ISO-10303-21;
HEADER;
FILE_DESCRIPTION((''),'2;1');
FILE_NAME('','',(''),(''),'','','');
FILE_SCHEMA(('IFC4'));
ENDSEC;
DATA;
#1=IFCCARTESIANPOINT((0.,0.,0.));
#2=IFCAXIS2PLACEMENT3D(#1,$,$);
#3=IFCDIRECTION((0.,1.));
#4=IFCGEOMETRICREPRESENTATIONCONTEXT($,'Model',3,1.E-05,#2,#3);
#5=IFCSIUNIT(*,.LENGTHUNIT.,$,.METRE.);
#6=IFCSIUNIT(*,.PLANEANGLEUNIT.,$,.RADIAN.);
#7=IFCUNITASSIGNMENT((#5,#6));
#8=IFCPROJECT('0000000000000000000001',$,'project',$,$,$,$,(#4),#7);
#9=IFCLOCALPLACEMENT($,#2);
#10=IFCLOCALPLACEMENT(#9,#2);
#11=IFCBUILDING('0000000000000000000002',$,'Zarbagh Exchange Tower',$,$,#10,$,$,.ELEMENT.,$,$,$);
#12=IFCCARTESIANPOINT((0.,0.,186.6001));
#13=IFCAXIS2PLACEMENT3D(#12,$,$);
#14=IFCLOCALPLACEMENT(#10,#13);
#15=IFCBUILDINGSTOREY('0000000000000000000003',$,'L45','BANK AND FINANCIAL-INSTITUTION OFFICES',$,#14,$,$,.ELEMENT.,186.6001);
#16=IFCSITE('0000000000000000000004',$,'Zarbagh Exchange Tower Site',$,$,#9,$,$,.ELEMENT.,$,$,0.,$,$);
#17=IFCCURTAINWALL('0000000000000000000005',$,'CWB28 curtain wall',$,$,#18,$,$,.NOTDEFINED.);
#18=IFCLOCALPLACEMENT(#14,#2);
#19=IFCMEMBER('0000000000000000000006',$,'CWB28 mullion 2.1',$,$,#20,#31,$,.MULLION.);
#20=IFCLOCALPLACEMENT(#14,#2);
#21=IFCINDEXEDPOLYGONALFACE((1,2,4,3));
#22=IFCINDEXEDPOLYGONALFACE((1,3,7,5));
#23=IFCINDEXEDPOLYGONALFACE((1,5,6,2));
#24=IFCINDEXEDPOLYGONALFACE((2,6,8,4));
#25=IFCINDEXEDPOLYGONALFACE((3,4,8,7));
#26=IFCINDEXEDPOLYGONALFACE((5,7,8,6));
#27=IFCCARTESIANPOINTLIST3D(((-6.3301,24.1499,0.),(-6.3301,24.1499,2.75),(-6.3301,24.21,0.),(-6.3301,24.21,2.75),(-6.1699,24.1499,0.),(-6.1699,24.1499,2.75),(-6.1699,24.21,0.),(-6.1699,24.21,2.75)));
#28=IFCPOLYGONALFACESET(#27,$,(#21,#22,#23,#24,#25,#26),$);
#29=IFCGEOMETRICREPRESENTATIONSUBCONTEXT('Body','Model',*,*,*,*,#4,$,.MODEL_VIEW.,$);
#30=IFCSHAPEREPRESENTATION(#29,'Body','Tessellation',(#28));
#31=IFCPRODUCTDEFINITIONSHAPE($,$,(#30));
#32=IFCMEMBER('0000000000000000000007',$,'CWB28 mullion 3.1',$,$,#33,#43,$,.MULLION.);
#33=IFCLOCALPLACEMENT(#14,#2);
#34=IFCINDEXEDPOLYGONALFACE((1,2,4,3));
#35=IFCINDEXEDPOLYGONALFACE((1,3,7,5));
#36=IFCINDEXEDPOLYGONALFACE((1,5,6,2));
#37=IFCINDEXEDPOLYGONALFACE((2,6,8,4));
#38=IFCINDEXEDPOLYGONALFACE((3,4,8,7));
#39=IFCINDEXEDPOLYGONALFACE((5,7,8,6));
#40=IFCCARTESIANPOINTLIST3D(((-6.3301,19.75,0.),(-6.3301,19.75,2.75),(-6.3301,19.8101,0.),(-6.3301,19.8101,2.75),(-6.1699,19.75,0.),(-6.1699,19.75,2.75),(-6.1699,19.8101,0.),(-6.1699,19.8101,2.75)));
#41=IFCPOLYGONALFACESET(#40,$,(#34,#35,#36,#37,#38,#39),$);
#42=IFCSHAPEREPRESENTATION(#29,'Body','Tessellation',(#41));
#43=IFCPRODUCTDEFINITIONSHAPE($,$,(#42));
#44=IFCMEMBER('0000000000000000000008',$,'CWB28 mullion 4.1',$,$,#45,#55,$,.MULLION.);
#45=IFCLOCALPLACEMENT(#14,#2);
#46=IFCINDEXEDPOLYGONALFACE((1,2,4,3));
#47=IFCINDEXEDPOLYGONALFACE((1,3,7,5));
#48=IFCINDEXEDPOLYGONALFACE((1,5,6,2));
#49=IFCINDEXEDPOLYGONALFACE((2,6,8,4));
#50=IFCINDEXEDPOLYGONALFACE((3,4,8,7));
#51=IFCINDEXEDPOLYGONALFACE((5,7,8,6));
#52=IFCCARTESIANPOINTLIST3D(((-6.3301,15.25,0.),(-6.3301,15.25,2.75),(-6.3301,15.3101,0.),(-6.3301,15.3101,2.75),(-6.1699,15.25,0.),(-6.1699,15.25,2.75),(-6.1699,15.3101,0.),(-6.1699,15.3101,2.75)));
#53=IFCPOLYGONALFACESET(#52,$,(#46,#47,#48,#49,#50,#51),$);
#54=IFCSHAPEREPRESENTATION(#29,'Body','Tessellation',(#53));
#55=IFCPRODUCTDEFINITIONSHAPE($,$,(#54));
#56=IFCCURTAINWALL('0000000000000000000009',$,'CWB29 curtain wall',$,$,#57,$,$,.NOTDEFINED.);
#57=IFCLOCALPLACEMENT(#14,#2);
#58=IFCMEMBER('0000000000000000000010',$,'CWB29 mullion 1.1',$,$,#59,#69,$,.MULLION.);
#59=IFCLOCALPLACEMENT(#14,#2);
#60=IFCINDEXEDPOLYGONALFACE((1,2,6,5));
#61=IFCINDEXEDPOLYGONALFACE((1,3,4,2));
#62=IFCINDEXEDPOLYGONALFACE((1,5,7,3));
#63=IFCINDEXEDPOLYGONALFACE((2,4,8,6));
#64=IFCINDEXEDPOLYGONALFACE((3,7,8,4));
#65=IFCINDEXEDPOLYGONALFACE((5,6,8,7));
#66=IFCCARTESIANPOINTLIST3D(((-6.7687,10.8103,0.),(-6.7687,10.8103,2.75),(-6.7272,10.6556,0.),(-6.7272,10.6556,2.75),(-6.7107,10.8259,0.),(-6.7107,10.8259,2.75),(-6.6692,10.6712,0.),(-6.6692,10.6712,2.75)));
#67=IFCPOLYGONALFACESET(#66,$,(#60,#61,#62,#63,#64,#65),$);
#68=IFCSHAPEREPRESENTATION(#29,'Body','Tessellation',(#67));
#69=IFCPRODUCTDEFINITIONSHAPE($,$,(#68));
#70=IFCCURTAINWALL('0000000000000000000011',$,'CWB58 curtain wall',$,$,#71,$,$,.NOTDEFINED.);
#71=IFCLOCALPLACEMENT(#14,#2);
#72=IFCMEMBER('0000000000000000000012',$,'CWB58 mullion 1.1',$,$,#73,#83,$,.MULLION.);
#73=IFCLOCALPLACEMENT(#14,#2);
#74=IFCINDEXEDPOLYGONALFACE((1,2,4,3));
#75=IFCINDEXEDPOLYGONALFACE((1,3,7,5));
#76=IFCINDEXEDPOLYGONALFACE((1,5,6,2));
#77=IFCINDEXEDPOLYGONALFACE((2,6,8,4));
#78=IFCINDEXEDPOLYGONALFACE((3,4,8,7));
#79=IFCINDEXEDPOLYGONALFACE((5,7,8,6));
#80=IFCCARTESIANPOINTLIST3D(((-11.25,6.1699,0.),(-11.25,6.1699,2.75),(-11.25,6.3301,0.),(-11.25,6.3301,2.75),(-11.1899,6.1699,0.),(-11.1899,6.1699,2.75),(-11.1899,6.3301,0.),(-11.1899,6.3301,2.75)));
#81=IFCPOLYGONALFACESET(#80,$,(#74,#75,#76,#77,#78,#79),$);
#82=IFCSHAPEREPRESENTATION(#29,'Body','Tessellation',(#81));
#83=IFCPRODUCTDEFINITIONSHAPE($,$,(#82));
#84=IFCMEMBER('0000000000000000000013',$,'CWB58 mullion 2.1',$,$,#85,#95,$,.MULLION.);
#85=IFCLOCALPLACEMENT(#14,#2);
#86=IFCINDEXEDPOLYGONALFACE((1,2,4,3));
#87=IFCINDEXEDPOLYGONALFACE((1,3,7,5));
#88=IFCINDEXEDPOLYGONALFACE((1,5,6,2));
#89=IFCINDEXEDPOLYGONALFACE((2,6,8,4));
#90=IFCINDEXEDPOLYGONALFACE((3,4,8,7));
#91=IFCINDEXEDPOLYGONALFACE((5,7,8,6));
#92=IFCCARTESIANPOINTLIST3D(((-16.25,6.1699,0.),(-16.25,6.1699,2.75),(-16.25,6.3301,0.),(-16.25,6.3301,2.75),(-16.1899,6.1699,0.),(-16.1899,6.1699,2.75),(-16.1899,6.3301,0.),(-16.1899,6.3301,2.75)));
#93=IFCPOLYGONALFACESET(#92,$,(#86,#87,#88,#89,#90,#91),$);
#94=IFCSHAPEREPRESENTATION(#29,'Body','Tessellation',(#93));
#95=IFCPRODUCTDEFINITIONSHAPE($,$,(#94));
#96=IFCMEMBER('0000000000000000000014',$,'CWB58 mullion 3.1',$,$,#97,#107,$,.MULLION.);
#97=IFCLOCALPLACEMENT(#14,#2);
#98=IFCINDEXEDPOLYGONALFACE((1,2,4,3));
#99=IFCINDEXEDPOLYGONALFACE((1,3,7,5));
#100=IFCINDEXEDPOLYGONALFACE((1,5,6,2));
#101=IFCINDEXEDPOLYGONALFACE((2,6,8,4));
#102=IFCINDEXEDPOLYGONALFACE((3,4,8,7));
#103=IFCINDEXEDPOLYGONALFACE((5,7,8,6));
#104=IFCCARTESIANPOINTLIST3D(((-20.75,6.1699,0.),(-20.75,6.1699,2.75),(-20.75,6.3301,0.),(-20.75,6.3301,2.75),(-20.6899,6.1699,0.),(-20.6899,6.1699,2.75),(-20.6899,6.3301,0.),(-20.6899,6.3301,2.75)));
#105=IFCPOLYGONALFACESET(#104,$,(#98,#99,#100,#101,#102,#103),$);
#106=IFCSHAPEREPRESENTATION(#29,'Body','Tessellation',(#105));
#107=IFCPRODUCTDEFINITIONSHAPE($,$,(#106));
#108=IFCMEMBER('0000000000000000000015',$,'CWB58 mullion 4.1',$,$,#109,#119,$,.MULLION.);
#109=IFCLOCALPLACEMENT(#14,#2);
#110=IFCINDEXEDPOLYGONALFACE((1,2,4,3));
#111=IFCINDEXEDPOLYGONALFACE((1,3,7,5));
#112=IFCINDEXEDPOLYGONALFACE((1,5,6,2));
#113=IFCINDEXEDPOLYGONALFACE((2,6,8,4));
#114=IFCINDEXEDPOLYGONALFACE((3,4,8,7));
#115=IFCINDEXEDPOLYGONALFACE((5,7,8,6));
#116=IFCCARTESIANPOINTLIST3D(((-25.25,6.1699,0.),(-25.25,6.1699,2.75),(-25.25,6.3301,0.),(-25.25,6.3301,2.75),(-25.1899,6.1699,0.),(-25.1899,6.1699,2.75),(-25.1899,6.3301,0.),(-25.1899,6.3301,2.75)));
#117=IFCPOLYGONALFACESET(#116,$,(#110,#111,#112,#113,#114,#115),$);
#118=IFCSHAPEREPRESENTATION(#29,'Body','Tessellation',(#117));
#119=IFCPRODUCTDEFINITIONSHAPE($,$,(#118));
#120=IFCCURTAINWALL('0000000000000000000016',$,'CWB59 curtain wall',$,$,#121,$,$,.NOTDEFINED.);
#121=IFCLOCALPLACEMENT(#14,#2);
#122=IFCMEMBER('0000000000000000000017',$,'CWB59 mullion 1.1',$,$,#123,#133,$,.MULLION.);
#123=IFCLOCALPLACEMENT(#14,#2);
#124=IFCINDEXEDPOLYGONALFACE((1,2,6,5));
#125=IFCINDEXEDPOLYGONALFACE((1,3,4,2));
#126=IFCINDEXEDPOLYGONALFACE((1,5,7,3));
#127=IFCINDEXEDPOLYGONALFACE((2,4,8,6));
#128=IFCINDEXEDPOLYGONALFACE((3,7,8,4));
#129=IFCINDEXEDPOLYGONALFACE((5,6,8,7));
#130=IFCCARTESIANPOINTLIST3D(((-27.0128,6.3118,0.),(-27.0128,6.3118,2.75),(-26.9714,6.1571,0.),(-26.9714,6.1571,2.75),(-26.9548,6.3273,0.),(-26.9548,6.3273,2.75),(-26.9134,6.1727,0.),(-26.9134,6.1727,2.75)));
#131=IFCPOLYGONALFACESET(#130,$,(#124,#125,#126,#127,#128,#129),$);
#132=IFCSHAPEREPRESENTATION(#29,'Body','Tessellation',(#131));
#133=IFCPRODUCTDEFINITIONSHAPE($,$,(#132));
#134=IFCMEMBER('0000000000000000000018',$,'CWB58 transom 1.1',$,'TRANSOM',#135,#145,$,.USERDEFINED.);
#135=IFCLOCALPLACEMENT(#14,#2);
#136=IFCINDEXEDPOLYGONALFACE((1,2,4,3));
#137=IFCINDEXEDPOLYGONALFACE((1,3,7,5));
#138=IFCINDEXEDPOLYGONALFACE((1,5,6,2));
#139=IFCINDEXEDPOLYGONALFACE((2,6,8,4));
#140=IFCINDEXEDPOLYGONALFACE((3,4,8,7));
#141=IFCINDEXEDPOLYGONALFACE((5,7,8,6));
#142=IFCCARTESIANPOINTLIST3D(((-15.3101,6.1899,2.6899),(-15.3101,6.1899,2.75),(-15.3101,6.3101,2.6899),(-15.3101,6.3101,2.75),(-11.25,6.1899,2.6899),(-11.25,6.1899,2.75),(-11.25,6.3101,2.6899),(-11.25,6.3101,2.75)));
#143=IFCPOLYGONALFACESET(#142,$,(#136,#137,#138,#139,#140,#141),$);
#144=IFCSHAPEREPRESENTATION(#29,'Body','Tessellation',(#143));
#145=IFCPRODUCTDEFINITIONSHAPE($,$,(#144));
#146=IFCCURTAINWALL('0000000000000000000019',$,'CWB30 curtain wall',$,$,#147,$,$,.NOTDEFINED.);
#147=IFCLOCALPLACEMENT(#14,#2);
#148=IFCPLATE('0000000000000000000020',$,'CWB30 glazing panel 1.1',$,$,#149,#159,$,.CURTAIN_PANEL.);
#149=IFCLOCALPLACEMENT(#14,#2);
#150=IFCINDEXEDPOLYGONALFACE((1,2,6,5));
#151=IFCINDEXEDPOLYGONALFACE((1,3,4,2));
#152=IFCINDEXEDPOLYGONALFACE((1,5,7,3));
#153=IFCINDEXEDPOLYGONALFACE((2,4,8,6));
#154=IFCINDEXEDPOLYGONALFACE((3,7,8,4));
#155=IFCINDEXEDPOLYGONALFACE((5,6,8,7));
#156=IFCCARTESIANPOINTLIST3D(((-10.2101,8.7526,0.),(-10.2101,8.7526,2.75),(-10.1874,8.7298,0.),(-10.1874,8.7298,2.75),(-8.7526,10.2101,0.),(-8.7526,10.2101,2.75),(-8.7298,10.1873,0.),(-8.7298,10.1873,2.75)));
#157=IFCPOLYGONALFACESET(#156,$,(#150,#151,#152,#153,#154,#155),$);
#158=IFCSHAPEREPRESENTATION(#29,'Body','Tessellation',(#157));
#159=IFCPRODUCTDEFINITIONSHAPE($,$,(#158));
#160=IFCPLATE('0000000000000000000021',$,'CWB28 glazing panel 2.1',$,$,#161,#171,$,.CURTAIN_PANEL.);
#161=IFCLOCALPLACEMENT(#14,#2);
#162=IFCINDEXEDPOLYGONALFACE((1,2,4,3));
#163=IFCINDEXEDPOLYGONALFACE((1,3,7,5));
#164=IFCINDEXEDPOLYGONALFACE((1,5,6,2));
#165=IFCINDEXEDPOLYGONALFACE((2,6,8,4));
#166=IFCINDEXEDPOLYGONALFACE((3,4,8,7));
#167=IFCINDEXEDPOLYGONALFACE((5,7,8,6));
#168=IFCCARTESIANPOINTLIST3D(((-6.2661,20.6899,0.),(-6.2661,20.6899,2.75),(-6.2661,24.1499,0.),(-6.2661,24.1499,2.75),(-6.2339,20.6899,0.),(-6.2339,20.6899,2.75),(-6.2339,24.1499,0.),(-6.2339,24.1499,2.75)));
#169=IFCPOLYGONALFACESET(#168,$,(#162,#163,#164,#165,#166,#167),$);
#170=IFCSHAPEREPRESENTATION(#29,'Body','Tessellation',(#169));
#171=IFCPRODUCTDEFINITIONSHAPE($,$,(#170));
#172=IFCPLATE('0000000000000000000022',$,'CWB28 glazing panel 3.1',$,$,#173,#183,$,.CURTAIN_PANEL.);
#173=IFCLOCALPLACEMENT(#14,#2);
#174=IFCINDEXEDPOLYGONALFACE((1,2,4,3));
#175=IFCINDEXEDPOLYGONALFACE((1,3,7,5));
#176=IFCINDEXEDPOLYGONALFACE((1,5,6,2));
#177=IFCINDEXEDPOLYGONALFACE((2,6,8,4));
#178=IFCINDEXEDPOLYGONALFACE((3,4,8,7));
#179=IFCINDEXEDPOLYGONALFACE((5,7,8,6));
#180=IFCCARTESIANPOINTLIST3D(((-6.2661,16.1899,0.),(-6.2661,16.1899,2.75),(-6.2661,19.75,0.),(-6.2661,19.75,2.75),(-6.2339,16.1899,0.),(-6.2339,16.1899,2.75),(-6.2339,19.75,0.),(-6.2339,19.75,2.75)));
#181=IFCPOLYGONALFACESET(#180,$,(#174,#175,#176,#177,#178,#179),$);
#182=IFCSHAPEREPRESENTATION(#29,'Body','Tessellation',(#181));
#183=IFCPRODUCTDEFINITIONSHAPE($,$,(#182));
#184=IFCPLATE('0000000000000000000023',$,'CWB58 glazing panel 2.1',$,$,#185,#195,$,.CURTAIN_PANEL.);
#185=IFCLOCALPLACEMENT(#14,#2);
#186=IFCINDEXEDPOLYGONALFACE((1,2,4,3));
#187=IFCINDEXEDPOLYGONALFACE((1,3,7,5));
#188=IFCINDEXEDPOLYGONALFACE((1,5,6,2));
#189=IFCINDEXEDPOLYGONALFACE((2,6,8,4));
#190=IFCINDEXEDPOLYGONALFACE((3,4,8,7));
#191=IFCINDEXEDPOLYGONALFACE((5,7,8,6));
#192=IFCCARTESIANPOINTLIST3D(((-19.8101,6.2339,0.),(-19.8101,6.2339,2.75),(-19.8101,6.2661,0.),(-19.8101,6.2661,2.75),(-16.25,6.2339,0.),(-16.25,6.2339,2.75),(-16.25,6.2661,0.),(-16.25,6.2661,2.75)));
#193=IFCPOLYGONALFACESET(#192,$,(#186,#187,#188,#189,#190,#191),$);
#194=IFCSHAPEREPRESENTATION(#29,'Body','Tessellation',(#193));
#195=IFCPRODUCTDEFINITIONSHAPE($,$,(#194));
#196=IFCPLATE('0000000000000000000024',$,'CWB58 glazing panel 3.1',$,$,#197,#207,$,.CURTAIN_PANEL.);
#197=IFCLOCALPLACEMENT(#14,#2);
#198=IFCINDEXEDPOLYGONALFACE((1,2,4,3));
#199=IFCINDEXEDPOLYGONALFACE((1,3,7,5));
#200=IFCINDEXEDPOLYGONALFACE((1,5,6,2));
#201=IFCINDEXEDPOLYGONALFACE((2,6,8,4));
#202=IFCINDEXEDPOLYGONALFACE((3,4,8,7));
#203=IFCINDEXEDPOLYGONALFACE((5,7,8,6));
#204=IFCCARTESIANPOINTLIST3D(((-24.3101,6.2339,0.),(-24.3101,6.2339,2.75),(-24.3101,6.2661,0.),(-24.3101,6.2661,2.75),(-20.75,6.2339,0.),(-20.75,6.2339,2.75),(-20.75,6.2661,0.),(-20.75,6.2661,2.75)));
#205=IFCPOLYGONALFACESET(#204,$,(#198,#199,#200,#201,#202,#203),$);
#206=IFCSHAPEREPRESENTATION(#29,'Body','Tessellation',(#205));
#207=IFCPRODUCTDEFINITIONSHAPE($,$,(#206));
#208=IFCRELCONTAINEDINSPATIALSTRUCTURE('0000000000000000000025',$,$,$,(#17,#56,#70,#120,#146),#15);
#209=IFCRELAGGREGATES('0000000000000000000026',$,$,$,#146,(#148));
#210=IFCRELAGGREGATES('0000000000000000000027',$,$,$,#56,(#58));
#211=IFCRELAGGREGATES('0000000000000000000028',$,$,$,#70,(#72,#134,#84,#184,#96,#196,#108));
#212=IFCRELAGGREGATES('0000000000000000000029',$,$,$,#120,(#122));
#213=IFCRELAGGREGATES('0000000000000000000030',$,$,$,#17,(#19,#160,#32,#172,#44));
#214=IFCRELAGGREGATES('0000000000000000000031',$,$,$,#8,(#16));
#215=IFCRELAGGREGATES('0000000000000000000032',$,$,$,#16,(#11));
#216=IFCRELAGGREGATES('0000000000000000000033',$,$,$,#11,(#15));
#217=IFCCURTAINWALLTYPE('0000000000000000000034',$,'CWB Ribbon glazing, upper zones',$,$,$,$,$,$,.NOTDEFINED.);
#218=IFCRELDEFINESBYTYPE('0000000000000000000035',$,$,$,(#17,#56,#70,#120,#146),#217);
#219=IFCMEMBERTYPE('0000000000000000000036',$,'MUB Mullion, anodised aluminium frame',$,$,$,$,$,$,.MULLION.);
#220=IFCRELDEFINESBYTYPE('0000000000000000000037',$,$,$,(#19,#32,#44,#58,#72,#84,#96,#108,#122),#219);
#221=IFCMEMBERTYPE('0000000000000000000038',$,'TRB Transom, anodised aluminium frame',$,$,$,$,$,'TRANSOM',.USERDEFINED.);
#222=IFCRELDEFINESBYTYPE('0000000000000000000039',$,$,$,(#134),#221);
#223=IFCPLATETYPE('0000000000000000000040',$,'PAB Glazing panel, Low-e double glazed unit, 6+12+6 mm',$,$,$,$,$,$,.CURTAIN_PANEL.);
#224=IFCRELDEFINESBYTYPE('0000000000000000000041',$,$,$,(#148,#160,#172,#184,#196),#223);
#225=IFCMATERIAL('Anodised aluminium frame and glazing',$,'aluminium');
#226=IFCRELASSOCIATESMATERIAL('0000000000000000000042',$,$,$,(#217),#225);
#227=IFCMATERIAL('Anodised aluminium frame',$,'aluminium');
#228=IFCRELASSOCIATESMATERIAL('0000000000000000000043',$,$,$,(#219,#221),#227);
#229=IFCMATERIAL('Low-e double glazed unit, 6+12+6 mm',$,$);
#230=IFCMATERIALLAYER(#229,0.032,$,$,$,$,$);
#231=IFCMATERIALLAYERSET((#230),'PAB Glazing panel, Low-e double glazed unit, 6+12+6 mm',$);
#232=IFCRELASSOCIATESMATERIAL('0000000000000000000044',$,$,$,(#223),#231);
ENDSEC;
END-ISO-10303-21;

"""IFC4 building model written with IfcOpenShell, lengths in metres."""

from ifc_helpers import new_model, si_unit, direction, frame, origin, place, context, subcontext, project, spatial, polyline, outline, extrude, source, transform, mapped, material, layer, layer_set, type_object, element, aggregate, save


model = new_model("IFC4")

# Units and contexts
model_context = context("Model", 3, precision=1e-05, world=origin(), true_north=direction((0.0, 1.0)))
body_context = subcontext(model_context, "Body", "Model", "MODEL_VIEW")
ifc_project = project(units=[si_unit("LENGTHUNIT", "METRE"), si_unit("PLANEANGLEUNIT", "RADIAN")], contexts=[model_context])

# Site, building, storey
site_placement = place(None, origin())
site = spatial("IfcSite", under=ifc_project, at=site_placement, Name="Zarbagh Exchange Tower Site", CompositionType="ELEMENT", RefElevation=0.0)
building_placement = place(site_placement, origin())
building = spatial("IfcBuilding", under=site, at=building_placement, Name="Zarbagh Exchange Tower", CompositionType="ELEMENT")
storey_placement = place(building_placement, frame((0.0, 0.0, 186.6001)))
storey = spatial("IfcBuildingStorey", under=building, at=storey_placement, Name="L45", Description="BANK AND FINANCIAL-INSTITUTION OFFICES", CompositionType="ELEMENT", Elevation=186.6001)

# Curtain wall, members
ifc_material_1 = material(Name="Anodised aluminium frame and glazing", Category="aluminium")
curtain_wall_type = type_object("IfcCurtainWallType", Name="CWB Ribbon glazing, upper zones", PredefinedType="NOTDEFINED", material=ifc_material_1)
curtain_wall_1_placement = place(storey_placement, origin())
curtain_wall_1 = element("IfcCurtainWall", 1, at=curtain_wall_1_placement, inside=storey, type_object=curtain_wall_type, Name="CWB28 curtain wall", PredefinedType="NOTDEFINED")
ifc_material_2 = material(Name="Anodised aluminium frame", Category="aluminium")
member_type_1 = type_object("IfcMemberType", Name="MUB Mullion, anodised aluminium frame", PredefinedType="MULLION", material=ifc_material_2)
shared_shape_1 = source(origin(), body_context, "Body", "SweptSolid", [
    extrude(outline(polyline([(0.0, -0.0801), (0.0601, -0.0801), (0.0601, 0.0801), (0.0, 0.0801), (0.0, -0.0801)])), origin(), (0.0, 0.0, 1.0), 2.75),
])
placement = place(storey_placement, origin())
member_1 = element("IfcMember", 2, at=placement, type_object=member_type_1, Name="CWB28 mullion 2.1", PredefinedType="MULLION", context=body_context, shape_type="MappedRepresentation", body=[
    mapped(shared_shape_1, transform((-6.25, 24.21, 0.0), x_axis=(0.0, -1.0, 0.0), y_axis=(1.0, 0.0, 0.0), z_axis=(0.0, 0.0, 1.0))),
])
member_2 = element("IfcMember", 3, at=placement, type_object=member_type_1, Name="CWB28 mullion 3.1", PredefinedType="MULLION", context=body_context, shape_type="MappedRepresentation", body=[
    mapped(shared_shape_1, transform((-6.25, 19.8101, 0.0), x_axis=(0.0, -1.0, 0.0), y_axis=(1.0, 0.0, 0.0), z_axis=(0.0, 0.0, 1.0))),
])
member_3 = element("IfcMember", 4, at=placement, type_object=member_type_1, Name="CWB28 mullion 4.1", PredefinedType="MULLION", context=body_context, shape_type="MappedRepresentation", body=[
    mapped(shared_shape_1, transform((-6.25, 15.3101, 0.0), x_axis=(0.0, -1.0, 0.0), y_axis=(1.0, 0.0, 0.0), z_axis=(0.0, 0.0, 1.0))),
])

# Curtain wall, member
curtain_wall_2_placement = place(storey_placement, origin())
curtain_wall_2 = element("IfcCurtainWall", 5, at=curtain_wall_2_placement, inside=storey, type_object=curtain_wall_type, Name="CWB29 curtain wall", PredefinedType="NOTDEFINED")
member_4 = element("IfcMember", 6, at=placement, type_object=member_type_1, Name="CWB29 mullion 1.1", PredefinedType="MULLION", context=body_context, shape_type="MappedRepresentation", body=[
    mapped(shared_shape_1, transform((-6.6899, 10.7485, 0.0), x_axis=(-0.965924, -0.258825, 0.0), y_axis=(0.258825, -0.965924, 0.0), z_axis=(0.0, 0.0, 1.0))),
])

# Curtain wall, members
curtain_wall_3_placement = place(storey_placement, origin())
curtain_wall_3 = element("IfcCurtainWall", 7, at=curtain_wall_3_placement, inside=storey, type_object=curtain_wall_type, Name="CWB58 curtain wall", PredefinedType="NOTDEFINED")
member_5 = element("IfcMember", 8, at=placement, type_object=member_type_1, Name="CWB58 mullion 1.1", PredefinedType="MULLION", context=body_context, shape_type="MappedRepresentation", body=[
    mapped(shared_shape_1, transform((-11.1899, 6.25, 0.0), x_axis=(-1.0, 0.0, 0.0), y_axis=(0.0, -1.0, 0.0), z_axis=(0.0, 0.0, 1.0))),
])
member_6 = element("IfcMember", 9, at=placement, type_object=member_type_1, Name="CWB58 mullion 2.1", PredefinedType="MULLION", context=body_context, shape_type="MappedRepresentation", body=[
    mapped(shared_shape_1, transform((-16.1899, 6.25, 0.0), x_axis=(-1.0, 0.0, 0.0), y_axis=(0.0, -1.0, 0.0), z_axis=(0.0, 0.0, 1.0))),
])
member_7 = element("IfcMember", 10, at=placement, type_object=member_type_1, Name="CWB58 mullion 3.1", PredefinedType="MULLION", context=body_context, shape_type="MappedRepresentation", body=[
    mapped(shared_shape_1, transform((-20.6899, 6.25, 0.0), x_axis=(-1.0, 0.0, 0.0), y_axis=(0.0, -1.0, 0.0), z_axis=(0.0, 0.0, 1.0))),
])
member_8 = element("IfcMember", 11, at=placement, type_object=member_type_1, Name="CWB58 mullion 4.1", PredefinedType="MULLION", context=body_context, shape_type="MappedRepresentation", body=[
    mapped(shared_shape_1, transform((-25.1899, 6.25, 0.0), x_axis=(-1.0, 0.0, 0.0), y_axis=(0.0, -1.0, 0.0), z_axis=(0.0, 0.0, 1.0))),
])

# Curtain wall, member
curtain_wall_4_placement = place(storey_placement, origin())
curtain_wall_4 = element("IfcCurtainWall", 12, at=curtain_wall_4_placement, inside=storey, type_object=curtain_wall_type, Name="CWB59 curtain wall", PredefinedType="NOTDEFINED")
member_9 = element("IfcMember", 13, at=placement, type_object=member_type_1, Name="CWB59 mullion 1.1", PredefinedType="MULLION", context=body_context, shape_type="MappedRepresentation", body=[
    mapped(shared_shape_1, transform((-26.9341, 6.25, 0.0), x_axis=(-0.965924, -0.258825, 0.0), y_axis=(0.258825, -0.965924, 0.0), z_axis=(0.0, 0.0, 1.0))),
])

# Member
member_type_2 = type_object("IfcMemberType", Name="TRB Transom, anodised aluminium frame", ElementType="TRANSOM", PredefinedType="USERDEFINED", material=ifc_material_2)
shared_shape_2 = source(origin(), body_context, "Body", "SweptSolid", [
    extrude(outline(polyline([(-0.0601, -0.0601), (0.0, -0.0601), (0.0, 0.0601), (-0.0601, 0.0601), (-0.0601, -0.0601)])), origin(), (0.0, 0.0, 1.0), 4.0601),
])
member_10 = element("IfcMember", 14, at=placement, type_object=member_type_2, Name="CWB58 transom 1.1", ObjectType="TRANSOM", PredefinedType="USERDEFINED", context=body_context, shape_type="MappedRepresentation", body=[
    mapped(shared_shape_2, transform((-11.25, 6.25, 2.75), x_axis=(0.0, 0.0, 1.0), y_axis=(0.0, 1.0, 0.0), z_axis=(-1.0, 0.0, 0.0))),
])

# Curtain wall, plate
curtain_wall_5_placement = place(storey_placement, origin())
curtain_wall_5 = element("IfcCurtainWall", 15, at=curtain_wall_5_placement, inside=storey, type_object=curtain_wall_type, Name="CWB30 curtain wall", PredefinedType="NOTDEFINED")
ifc_material_3 = material(Name="Low-e double glazed unit, 6+12+6 mm")
ifc_layer = layer(ifc_material_3, 0.032)
ifc_layer_set = layer_set([ifc_layer], Name="PAB Glazing panel, Low-e double glazed unit, 6+12+6 mm")
plate_type = type_object("IfcPlateType", Name="PAB Glazing panel, Low-e double glazed unit, 6+12+6 mm", PredefinedType="CURTAIN_PANEL", material=ifc_layer_set)
shared_shape_3 = source(origin(), body_context, "Body", "SweptSolid", [
    extrude(outline(polyline([(0.0, -0.0161), (2.0613, -0.0161), (2.0613, 0.0161), (0.0, 0.0161), (0.0, -0.0161)])), origin(), (0.0, 0.0, 1.0), 2.75),
])
plate_1 = element("IfcPlate", 16, at=placement, type_object=plate_type, Name="CWB30 glazing panel 1.1", PredefinedType="CURTAIN_PANEL", context=body_context, shape_type="MappedRepresentation", body=[
    mapped(shared_shape_3, transform((-8.7412, 10.1987, 0.0), x_axis=(-0.707107, -0.707107, 0.0), y_axis=(0.707107, -0.707107, 0.0), z_axis=(0.0, 0.0, 1.0))),
])
aggregate(curtain_wall_5, [plate_1])

# Plates
shared_shape_4 = source(origin(), body_context, "Body", "SweptSolid", [
    extrude(outline(polyline([(0.0, -0.0161), (3.46, -0.0161), (3.46, 0.0161), (0.0, 0.0161), (0.0, -0.0161)])), origin(), (0.0, 0.0, 1.0), 2.75),
])
plate_2 = element("IfcPlate", 17, at=placement, type_object=plate_type, Name="CWB28 glazing panel 2.1", PredefinedType="CURTAIN_PANEL", context=body_context, shape_type="MappedRepresentation", body=[
    mapped(shared_shape_4, transform((-6.25, 24.1499, 0.0), x_axis=(0.0, -1.0, 0.0), y_axis=(1.0, 0.0, 0.0), z_axis=(0.0, 0.0, 1.0))),
])
shared_shape_5 = source(origin(), body_context, "Body", "SweptSolid", [
    extrude(outline(polyline([(0.0, -0.0161), (3.5601, -0.0161), (3.5601, 0.0161), (0.0, 0.0161), (0.0, -0.0161)])), origin(), (0.0, 0.0, 1.0), 2.75),
])
plate_3 = element("IfcPlate", 18, at=placement, type_object=plate_type, Name="CWB28 glazing panel 3.1", PredefinedType="CURTAIN_PANEL", context=body_context, shape_type="MappedRepresentation", body=[
    mapped(shared_shape_5, transform((-6.25, 19.75, 0.0), x_axis=(0.0, -1.0, 0.0), y_axis=(1.0, 0.0, 0.0), z_axis=(0.0, 0.0, 1.0))),
])
plate_4 = element("IfcPlate", 19, at=placement, type_object=plate_type, Name="CWB58 glazing panel 2.1", PredefinedType="CURTAIN_PANEL", context=body_context, shape_type="MappedRepresentation", body=[
    mapped(shared_shape_5, transform((-16.25, 6.25, 0.0), x_axis=(-1.0, 0.0, 0.0), y_axis=(0.0, -1.0, 0.0), z_axis=(0.0, 0.0, 1.0))),
])
plate_5 = element("IfcPlate", 20, at=placement, type_object=plate_type, Name="CWB58 glazing panel 3.1", PredefinedType="CURTAIN_PANEL", context=body_context, shape_type="MappedRepresentation", body=[
    mapped(shared_shape_5, transform((-20.75, 6.25, 0.0), x_axis=(-1.0, 0.0, 0.0), y_axis=(0.0, -1.0, 0.0), z_axis=(0.0, 0.0, 1.0))),
])
aggregate(curtain_wall_2, [member_4])

aggregate(curtain_wall_3, [member_5, member_10, member_6, plate_4, member_7, plate_5, member_8])
aggregate(curtain_wall_4, [member_9])

aggregate(curtain_wall_1, [member_1, plate_2, member_2, plate_3, member_3])

save(model, "model.ifc")
